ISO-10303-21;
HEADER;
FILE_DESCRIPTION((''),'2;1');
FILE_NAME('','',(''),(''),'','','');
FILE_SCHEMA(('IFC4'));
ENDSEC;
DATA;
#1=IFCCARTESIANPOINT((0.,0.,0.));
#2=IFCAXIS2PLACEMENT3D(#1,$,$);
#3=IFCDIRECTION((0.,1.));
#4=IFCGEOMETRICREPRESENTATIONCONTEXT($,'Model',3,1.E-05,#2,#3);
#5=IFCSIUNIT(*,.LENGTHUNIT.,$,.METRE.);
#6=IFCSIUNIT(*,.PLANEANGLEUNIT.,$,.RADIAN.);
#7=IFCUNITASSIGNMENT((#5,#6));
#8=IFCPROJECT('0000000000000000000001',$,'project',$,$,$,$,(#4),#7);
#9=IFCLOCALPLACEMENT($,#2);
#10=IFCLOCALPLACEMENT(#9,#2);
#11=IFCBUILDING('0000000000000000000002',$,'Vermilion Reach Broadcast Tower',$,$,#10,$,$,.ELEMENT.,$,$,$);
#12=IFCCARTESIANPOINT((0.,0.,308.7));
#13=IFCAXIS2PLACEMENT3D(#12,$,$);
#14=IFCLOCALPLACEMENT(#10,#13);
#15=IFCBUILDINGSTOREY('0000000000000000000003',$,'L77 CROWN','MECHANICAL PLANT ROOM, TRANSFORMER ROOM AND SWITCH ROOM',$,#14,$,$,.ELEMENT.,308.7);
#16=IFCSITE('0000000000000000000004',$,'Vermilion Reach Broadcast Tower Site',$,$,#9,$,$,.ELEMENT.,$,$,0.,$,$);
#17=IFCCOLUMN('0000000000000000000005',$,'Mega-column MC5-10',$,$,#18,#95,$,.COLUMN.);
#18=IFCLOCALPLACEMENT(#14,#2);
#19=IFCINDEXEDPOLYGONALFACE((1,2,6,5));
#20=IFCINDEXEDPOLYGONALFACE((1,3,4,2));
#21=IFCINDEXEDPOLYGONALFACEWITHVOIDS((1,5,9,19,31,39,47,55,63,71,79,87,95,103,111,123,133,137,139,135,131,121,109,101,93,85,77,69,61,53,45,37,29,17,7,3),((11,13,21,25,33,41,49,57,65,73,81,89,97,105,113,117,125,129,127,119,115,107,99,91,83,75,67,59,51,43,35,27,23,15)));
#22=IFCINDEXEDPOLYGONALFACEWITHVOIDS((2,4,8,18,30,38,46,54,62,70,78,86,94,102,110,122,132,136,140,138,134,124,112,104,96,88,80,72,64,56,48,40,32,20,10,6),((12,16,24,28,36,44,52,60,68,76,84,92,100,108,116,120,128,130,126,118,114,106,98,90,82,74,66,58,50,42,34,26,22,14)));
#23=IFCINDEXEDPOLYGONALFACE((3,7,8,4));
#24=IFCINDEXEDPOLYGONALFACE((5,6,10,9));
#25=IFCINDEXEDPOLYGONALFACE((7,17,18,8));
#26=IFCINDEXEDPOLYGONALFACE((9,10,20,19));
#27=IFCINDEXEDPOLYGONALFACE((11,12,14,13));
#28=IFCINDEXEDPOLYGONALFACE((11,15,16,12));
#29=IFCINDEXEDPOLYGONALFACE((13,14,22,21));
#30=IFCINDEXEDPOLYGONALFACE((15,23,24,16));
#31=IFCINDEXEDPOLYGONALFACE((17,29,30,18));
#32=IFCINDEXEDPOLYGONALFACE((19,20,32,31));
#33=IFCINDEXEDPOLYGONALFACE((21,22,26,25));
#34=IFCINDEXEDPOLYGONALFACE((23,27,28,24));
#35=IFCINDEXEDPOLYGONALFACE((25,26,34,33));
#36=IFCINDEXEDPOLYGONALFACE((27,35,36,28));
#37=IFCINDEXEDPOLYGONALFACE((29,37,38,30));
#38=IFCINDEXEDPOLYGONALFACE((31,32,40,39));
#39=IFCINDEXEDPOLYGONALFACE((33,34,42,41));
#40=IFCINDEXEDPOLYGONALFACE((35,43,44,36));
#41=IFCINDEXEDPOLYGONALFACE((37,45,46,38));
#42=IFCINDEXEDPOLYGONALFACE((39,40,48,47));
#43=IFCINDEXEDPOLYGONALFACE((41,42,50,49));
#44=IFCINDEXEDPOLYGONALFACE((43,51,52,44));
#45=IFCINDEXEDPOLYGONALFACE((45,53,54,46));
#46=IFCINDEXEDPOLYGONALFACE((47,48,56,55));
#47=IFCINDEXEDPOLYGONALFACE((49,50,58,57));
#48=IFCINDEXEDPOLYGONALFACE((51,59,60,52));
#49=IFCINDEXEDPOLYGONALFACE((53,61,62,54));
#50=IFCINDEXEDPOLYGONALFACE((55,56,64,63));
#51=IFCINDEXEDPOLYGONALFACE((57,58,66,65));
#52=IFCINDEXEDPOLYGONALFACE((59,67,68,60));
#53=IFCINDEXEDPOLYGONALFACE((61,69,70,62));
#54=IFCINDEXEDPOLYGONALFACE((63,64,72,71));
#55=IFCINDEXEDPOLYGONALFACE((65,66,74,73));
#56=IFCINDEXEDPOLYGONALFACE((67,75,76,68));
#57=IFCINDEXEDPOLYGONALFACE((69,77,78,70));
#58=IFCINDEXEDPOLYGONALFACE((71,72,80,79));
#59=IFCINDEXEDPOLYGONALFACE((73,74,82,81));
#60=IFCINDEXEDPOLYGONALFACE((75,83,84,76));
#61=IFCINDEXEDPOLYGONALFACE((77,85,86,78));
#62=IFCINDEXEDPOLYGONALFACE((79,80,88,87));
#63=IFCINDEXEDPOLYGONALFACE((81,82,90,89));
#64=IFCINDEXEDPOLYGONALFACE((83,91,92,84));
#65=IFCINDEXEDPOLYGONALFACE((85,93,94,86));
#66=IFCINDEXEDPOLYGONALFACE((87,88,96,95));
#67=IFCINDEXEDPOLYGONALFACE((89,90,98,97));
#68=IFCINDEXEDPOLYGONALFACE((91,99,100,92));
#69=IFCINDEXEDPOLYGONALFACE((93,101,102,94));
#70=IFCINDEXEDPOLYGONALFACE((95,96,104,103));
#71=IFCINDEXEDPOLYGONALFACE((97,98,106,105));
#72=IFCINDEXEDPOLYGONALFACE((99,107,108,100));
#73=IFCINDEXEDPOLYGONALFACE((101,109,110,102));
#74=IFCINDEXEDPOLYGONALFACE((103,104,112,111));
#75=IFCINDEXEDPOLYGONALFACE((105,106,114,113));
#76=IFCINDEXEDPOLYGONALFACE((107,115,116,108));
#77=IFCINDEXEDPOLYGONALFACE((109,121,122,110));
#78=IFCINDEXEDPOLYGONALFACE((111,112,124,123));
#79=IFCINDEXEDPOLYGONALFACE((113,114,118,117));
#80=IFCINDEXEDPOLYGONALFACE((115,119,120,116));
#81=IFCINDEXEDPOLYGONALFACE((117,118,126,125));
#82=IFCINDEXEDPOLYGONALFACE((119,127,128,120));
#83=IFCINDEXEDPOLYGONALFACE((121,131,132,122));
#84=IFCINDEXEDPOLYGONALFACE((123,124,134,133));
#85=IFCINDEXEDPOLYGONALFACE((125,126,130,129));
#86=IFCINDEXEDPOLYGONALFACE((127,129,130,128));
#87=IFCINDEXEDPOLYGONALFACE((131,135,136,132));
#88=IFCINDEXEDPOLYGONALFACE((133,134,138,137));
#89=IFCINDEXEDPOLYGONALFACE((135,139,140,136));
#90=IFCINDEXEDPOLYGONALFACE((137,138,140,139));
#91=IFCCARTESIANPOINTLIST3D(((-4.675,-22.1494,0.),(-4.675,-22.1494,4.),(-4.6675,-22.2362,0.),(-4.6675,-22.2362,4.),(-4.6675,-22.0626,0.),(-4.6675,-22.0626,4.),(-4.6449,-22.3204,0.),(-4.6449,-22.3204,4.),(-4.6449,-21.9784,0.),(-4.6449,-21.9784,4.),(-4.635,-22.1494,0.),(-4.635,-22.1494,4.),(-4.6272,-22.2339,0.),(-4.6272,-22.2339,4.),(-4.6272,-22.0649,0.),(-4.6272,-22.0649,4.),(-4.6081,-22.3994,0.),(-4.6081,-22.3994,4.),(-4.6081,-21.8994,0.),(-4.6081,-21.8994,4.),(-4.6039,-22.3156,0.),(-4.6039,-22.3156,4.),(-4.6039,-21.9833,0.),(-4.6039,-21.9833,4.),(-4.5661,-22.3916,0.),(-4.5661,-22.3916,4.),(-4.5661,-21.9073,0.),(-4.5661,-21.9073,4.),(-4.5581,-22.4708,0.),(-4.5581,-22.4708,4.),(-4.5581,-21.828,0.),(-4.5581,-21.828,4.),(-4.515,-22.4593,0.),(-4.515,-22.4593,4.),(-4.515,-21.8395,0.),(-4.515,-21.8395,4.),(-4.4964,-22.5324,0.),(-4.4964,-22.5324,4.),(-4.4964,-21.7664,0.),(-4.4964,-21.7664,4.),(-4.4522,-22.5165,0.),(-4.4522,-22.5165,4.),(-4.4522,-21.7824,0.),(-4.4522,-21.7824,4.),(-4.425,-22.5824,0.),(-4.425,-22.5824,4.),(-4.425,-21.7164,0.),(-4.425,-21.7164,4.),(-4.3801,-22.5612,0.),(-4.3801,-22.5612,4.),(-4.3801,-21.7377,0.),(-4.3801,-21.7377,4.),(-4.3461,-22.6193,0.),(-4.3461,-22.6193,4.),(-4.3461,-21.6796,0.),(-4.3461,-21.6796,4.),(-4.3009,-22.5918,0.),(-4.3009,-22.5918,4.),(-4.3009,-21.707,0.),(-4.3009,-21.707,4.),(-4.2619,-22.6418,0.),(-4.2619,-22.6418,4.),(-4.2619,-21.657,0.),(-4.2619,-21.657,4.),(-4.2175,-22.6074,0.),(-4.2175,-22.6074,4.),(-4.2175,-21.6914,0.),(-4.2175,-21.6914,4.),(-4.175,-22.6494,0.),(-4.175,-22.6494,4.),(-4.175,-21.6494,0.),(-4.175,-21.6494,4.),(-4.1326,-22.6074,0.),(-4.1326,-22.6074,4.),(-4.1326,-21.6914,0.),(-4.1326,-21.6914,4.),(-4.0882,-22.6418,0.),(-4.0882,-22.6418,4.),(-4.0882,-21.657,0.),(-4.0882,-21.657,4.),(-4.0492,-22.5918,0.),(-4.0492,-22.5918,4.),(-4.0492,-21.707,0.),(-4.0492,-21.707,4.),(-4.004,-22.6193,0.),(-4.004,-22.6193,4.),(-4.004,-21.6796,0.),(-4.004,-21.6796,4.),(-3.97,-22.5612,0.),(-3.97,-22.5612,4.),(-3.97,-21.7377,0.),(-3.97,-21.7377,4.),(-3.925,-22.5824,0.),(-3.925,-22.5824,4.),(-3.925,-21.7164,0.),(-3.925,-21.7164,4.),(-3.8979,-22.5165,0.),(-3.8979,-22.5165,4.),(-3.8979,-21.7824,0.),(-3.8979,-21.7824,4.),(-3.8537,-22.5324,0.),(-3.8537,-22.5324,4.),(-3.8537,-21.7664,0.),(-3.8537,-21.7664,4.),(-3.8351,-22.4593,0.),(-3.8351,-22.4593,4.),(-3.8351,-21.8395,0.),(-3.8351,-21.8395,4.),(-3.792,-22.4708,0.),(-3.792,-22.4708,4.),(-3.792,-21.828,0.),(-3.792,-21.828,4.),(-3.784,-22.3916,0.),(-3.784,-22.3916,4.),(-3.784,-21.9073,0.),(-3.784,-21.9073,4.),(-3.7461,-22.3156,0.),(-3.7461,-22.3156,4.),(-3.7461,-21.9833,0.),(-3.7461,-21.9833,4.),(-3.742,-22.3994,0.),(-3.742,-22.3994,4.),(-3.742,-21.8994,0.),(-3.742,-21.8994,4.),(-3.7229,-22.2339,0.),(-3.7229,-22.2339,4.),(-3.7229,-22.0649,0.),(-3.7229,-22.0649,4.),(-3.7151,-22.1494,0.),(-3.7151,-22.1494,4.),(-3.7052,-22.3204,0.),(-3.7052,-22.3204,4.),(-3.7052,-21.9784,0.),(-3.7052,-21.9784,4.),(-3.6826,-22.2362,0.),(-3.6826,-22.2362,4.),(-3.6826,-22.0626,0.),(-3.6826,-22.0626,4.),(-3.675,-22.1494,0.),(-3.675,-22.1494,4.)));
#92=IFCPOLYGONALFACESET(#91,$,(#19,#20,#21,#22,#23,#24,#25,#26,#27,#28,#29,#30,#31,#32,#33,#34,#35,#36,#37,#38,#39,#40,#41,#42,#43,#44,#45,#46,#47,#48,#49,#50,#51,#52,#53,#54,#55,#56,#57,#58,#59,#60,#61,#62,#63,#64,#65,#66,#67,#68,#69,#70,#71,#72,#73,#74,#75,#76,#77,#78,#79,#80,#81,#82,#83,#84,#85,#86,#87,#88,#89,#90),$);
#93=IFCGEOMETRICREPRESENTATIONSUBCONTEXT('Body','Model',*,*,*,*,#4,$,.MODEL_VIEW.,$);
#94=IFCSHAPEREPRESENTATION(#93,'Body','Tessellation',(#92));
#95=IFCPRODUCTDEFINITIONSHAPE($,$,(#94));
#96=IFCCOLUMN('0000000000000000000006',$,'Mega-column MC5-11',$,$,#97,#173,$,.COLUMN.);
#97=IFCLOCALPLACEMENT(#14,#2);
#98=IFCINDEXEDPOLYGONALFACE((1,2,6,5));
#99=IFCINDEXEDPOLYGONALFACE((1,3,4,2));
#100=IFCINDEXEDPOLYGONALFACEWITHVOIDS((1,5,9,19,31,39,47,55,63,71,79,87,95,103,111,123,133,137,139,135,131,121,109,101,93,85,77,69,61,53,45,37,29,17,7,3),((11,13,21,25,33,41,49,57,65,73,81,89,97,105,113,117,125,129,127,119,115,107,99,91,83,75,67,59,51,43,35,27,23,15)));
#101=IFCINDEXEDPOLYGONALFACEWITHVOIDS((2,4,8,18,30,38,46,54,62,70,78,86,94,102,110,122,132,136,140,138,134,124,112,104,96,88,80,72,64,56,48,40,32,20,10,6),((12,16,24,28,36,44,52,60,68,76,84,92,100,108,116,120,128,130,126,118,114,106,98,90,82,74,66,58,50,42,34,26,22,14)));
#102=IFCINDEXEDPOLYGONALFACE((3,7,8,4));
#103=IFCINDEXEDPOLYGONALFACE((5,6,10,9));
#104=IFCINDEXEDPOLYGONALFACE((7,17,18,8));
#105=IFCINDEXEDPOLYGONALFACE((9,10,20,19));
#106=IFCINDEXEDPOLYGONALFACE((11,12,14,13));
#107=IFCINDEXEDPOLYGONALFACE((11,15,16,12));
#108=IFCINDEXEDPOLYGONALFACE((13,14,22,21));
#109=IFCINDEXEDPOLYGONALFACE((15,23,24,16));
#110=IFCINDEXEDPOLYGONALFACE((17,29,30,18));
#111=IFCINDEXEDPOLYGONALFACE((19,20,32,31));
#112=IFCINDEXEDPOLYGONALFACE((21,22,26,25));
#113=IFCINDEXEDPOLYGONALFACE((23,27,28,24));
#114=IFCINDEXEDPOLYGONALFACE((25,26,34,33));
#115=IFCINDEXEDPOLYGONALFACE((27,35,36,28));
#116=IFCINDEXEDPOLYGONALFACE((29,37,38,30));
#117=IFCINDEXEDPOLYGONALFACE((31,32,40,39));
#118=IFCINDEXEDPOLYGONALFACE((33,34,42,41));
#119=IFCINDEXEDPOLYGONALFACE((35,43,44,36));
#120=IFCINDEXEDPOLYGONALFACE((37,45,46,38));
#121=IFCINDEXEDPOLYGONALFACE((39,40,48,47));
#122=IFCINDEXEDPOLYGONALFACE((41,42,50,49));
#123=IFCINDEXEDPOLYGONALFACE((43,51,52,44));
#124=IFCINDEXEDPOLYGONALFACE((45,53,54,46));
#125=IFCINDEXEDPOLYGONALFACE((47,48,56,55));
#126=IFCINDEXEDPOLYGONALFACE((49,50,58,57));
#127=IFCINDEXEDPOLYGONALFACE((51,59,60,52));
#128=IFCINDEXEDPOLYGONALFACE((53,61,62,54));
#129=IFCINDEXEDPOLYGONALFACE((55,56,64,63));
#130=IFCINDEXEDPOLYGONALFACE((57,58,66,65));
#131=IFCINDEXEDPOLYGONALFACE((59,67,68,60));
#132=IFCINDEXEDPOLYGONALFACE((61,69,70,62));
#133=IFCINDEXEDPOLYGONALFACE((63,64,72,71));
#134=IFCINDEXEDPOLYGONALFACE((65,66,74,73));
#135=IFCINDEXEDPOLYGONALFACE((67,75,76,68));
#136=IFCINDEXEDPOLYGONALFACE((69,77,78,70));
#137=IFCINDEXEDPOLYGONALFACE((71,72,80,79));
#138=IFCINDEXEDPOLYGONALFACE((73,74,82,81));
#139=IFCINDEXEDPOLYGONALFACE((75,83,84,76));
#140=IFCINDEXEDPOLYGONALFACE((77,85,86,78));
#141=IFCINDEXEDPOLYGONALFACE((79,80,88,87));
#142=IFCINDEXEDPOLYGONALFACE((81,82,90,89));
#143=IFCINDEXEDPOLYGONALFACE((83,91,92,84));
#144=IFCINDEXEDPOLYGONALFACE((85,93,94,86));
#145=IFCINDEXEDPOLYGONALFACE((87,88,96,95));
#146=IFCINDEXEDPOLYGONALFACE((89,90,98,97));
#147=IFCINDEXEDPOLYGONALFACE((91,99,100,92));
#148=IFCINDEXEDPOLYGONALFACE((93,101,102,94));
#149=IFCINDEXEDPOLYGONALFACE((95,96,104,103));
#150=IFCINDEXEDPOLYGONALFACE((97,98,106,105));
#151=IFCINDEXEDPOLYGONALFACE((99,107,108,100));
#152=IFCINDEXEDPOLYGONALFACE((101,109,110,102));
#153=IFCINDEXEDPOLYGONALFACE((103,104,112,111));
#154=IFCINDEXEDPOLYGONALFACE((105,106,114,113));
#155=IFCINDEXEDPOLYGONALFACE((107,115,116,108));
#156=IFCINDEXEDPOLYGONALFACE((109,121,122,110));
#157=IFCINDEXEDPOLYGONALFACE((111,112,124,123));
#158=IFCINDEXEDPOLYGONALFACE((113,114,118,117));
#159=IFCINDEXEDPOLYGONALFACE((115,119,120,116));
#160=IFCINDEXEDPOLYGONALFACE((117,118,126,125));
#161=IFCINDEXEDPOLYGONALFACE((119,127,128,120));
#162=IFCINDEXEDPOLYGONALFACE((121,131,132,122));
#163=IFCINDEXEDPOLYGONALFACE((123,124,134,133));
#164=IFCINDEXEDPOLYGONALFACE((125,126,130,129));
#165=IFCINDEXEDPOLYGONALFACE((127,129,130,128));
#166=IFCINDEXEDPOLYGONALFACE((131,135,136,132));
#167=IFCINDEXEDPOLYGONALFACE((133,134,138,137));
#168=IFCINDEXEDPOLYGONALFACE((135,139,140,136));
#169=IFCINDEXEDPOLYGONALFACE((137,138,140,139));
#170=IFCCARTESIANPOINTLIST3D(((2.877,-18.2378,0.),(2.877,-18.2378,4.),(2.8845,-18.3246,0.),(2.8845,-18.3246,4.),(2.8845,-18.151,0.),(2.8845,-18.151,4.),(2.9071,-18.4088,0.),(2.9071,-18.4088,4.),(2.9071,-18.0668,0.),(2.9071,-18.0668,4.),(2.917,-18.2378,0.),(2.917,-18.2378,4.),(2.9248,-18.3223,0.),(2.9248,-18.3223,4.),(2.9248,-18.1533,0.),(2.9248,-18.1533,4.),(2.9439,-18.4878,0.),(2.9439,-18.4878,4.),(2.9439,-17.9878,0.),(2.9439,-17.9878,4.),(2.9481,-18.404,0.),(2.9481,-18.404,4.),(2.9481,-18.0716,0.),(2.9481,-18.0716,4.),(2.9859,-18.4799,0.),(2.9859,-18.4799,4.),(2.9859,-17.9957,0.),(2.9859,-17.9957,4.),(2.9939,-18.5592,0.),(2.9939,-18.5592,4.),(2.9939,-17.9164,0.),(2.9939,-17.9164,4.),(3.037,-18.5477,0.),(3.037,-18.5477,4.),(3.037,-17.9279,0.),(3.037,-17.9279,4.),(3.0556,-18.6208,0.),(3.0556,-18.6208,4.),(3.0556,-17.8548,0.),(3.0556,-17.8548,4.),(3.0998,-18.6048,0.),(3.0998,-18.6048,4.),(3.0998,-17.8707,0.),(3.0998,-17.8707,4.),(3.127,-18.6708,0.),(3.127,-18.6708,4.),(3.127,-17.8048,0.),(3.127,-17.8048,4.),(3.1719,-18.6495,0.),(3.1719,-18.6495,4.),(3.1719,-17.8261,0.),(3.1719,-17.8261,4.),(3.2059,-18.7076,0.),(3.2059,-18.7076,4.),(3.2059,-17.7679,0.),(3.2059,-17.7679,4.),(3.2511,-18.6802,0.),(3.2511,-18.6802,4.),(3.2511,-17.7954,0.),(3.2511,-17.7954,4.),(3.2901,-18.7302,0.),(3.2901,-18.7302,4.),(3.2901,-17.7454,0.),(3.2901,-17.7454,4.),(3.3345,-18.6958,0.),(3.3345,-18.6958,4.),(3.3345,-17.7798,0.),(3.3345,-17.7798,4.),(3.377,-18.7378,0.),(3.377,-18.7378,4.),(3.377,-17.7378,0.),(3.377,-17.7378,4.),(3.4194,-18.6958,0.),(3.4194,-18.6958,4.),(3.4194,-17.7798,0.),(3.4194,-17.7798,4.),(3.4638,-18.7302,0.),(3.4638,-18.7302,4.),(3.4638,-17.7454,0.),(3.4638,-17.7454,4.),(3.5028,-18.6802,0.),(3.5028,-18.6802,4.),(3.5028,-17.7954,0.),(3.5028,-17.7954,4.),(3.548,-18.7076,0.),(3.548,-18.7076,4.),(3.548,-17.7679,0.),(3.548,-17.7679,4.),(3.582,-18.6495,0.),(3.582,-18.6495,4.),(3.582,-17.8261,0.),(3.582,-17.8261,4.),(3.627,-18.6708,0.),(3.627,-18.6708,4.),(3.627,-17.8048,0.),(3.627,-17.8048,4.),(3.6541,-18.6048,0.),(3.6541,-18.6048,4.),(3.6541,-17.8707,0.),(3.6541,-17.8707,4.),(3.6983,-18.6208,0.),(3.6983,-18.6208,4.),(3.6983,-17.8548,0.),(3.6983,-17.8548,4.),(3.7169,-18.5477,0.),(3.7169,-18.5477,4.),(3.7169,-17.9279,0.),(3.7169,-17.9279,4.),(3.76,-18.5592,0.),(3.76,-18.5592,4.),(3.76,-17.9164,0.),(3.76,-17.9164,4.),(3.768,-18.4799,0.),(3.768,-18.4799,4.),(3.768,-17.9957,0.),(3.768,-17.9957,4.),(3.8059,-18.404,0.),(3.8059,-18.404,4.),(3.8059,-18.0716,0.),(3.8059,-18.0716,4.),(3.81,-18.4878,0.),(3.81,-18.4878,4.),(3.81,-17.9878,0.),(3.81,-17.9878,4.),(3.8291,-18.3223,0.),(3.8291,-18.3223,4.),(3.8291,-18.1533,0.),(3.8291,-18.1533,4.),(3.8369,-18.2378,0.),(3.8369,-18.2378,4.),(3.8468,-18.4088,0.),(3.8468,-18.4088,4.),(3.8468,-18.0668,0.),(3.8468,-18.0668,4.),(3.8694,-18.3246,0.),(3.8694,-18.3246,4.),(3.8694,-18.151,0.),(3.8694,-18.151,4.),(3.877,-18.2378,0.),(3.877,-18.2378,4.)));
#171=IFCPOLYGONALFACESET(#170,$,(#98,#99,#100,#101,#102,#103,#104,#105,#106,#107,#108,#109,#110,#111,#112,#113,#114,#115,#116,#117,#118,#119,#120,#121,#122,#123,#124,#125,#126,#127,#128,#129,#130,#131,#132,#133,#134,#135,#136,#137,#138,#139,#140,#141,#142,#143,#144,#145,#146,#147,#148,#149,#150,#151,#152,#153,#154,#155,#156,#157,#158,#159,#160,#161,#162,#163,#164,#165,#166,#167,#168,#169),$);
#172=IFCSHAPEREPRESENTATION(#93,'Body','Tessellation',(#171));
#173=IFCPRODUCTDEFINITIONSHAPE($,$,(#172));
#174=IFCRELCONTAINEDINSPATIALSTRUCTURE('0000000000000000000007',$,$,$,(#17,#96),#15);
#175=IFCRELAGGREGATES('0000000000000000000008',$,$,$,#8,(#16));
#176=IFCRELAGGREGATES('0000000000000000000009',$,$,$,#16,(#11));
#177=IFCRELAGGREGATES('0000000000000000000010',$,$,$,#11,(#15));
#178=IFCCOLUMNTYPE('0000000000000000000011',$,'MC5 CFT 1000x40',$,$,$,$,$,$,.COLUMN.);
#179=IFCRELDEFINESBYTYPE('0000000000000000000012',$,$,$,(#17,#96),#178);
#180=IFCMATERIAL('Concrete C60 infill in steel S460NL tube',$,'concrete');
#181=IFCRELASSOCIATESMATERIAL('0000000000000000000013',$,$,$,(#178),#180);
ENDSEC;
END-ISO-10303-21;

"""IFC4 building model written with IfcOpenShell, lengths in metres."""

from ifc_helpers import new_model, si_unit, direction, frame, origin, origin_2d, place, context, subcontext, project, spatial, hollow_circle, extrude, material, material_profile, profile_set, type_object, element, save


model = new_model("IFC4")

# Units and contexts
model_context = context("Model", 3, precision=1e-05, world=origin(), true_north=direction((0.0, 1.0)))
body_context = subcontext(model_context, "Body", "Model", "MODEL_VIEW")
ifc_project = project(units=[si_unit("LENGTHUNIT", "METRE"), si_unit("PLANEANGLEUNIT", "RADIAN")], contexts=[model_context])

# Site, building, storey
site_placement = place(None, origin())
site = spatial("IfcSite", under=ifc_project, at=site_placement, Name="Vermilion Reach Broadcast Tower Site", CompositionType="ELEMENT", RefElevation=0.0)
building_placement = place(site_placement, origin())
building = spatial("IfcBuilding", under=site, at=building_placement, Name="Vermilion Reach Broadcast Tower", CompositionType="ELEMENT")
storey_placement = place(building_placement, frame((0.0, 0.0, 308.7)))
storey = spatial("IfcBuildingStorey", under=building, at=storey_placement, Name="L77 CROWN", Description="MECHANICAL PLANT ROOM, TRANSFORMER ROOM AND SWITCH ROOM", CompositionType="ELEMENT", Elevation=308.7)

# Columns
ifc_material_1 = material(Name="Concrete C60 infill in steel S460NL tube", Category="concrete")
ifc_material_profile_1 = material_profile(ifc_material_1, hollow_circle(Radius=0.5, WallThickness=0.04, at=origin_2d()), Name="Concrete C60 infill in steel S460NL tube CFT 1000x40")
ifc_profile_set_1 = profile_set([ifc_material_profile_1], Name="Concrete C60 infill in steel S460NL tube")
column_type = type_object("IfcColumnType", Name="MC5 CFT 1000x40", PredefinedType="COLUMN", material=ifc_profile_set_1)
for number, where, z_axis, x_axis, name in (
    (1, (-4.175, -22.1494, 0.0), (0.0, 0.0, 1.0), (1.0, 0.0, 0.0), "Mega-column MC5-10"),
    (2, (3.377, -18.2378, 0.0), (0.0, 0.0, 1.0), (1.0, 0.0, 0.0), "Mega-column MC5-11"),
):
    element("IfcColumn", number, at=place(storey_placement, frame(where, z_axis=z_axis, x_axis=x_axis)), inside=storey, type_object=column_type, Name=name, PredefinedType="COLUMN", context=body_context, shape_type="SweptSolid", body=[
        extrude(hollow_circle(Radius=0.5, WallThickness=0.04, at=origin_2d()), origin(), (0.0, 0.0, 1.0), 4.0),
    ])

save(model, "model.ifc")
